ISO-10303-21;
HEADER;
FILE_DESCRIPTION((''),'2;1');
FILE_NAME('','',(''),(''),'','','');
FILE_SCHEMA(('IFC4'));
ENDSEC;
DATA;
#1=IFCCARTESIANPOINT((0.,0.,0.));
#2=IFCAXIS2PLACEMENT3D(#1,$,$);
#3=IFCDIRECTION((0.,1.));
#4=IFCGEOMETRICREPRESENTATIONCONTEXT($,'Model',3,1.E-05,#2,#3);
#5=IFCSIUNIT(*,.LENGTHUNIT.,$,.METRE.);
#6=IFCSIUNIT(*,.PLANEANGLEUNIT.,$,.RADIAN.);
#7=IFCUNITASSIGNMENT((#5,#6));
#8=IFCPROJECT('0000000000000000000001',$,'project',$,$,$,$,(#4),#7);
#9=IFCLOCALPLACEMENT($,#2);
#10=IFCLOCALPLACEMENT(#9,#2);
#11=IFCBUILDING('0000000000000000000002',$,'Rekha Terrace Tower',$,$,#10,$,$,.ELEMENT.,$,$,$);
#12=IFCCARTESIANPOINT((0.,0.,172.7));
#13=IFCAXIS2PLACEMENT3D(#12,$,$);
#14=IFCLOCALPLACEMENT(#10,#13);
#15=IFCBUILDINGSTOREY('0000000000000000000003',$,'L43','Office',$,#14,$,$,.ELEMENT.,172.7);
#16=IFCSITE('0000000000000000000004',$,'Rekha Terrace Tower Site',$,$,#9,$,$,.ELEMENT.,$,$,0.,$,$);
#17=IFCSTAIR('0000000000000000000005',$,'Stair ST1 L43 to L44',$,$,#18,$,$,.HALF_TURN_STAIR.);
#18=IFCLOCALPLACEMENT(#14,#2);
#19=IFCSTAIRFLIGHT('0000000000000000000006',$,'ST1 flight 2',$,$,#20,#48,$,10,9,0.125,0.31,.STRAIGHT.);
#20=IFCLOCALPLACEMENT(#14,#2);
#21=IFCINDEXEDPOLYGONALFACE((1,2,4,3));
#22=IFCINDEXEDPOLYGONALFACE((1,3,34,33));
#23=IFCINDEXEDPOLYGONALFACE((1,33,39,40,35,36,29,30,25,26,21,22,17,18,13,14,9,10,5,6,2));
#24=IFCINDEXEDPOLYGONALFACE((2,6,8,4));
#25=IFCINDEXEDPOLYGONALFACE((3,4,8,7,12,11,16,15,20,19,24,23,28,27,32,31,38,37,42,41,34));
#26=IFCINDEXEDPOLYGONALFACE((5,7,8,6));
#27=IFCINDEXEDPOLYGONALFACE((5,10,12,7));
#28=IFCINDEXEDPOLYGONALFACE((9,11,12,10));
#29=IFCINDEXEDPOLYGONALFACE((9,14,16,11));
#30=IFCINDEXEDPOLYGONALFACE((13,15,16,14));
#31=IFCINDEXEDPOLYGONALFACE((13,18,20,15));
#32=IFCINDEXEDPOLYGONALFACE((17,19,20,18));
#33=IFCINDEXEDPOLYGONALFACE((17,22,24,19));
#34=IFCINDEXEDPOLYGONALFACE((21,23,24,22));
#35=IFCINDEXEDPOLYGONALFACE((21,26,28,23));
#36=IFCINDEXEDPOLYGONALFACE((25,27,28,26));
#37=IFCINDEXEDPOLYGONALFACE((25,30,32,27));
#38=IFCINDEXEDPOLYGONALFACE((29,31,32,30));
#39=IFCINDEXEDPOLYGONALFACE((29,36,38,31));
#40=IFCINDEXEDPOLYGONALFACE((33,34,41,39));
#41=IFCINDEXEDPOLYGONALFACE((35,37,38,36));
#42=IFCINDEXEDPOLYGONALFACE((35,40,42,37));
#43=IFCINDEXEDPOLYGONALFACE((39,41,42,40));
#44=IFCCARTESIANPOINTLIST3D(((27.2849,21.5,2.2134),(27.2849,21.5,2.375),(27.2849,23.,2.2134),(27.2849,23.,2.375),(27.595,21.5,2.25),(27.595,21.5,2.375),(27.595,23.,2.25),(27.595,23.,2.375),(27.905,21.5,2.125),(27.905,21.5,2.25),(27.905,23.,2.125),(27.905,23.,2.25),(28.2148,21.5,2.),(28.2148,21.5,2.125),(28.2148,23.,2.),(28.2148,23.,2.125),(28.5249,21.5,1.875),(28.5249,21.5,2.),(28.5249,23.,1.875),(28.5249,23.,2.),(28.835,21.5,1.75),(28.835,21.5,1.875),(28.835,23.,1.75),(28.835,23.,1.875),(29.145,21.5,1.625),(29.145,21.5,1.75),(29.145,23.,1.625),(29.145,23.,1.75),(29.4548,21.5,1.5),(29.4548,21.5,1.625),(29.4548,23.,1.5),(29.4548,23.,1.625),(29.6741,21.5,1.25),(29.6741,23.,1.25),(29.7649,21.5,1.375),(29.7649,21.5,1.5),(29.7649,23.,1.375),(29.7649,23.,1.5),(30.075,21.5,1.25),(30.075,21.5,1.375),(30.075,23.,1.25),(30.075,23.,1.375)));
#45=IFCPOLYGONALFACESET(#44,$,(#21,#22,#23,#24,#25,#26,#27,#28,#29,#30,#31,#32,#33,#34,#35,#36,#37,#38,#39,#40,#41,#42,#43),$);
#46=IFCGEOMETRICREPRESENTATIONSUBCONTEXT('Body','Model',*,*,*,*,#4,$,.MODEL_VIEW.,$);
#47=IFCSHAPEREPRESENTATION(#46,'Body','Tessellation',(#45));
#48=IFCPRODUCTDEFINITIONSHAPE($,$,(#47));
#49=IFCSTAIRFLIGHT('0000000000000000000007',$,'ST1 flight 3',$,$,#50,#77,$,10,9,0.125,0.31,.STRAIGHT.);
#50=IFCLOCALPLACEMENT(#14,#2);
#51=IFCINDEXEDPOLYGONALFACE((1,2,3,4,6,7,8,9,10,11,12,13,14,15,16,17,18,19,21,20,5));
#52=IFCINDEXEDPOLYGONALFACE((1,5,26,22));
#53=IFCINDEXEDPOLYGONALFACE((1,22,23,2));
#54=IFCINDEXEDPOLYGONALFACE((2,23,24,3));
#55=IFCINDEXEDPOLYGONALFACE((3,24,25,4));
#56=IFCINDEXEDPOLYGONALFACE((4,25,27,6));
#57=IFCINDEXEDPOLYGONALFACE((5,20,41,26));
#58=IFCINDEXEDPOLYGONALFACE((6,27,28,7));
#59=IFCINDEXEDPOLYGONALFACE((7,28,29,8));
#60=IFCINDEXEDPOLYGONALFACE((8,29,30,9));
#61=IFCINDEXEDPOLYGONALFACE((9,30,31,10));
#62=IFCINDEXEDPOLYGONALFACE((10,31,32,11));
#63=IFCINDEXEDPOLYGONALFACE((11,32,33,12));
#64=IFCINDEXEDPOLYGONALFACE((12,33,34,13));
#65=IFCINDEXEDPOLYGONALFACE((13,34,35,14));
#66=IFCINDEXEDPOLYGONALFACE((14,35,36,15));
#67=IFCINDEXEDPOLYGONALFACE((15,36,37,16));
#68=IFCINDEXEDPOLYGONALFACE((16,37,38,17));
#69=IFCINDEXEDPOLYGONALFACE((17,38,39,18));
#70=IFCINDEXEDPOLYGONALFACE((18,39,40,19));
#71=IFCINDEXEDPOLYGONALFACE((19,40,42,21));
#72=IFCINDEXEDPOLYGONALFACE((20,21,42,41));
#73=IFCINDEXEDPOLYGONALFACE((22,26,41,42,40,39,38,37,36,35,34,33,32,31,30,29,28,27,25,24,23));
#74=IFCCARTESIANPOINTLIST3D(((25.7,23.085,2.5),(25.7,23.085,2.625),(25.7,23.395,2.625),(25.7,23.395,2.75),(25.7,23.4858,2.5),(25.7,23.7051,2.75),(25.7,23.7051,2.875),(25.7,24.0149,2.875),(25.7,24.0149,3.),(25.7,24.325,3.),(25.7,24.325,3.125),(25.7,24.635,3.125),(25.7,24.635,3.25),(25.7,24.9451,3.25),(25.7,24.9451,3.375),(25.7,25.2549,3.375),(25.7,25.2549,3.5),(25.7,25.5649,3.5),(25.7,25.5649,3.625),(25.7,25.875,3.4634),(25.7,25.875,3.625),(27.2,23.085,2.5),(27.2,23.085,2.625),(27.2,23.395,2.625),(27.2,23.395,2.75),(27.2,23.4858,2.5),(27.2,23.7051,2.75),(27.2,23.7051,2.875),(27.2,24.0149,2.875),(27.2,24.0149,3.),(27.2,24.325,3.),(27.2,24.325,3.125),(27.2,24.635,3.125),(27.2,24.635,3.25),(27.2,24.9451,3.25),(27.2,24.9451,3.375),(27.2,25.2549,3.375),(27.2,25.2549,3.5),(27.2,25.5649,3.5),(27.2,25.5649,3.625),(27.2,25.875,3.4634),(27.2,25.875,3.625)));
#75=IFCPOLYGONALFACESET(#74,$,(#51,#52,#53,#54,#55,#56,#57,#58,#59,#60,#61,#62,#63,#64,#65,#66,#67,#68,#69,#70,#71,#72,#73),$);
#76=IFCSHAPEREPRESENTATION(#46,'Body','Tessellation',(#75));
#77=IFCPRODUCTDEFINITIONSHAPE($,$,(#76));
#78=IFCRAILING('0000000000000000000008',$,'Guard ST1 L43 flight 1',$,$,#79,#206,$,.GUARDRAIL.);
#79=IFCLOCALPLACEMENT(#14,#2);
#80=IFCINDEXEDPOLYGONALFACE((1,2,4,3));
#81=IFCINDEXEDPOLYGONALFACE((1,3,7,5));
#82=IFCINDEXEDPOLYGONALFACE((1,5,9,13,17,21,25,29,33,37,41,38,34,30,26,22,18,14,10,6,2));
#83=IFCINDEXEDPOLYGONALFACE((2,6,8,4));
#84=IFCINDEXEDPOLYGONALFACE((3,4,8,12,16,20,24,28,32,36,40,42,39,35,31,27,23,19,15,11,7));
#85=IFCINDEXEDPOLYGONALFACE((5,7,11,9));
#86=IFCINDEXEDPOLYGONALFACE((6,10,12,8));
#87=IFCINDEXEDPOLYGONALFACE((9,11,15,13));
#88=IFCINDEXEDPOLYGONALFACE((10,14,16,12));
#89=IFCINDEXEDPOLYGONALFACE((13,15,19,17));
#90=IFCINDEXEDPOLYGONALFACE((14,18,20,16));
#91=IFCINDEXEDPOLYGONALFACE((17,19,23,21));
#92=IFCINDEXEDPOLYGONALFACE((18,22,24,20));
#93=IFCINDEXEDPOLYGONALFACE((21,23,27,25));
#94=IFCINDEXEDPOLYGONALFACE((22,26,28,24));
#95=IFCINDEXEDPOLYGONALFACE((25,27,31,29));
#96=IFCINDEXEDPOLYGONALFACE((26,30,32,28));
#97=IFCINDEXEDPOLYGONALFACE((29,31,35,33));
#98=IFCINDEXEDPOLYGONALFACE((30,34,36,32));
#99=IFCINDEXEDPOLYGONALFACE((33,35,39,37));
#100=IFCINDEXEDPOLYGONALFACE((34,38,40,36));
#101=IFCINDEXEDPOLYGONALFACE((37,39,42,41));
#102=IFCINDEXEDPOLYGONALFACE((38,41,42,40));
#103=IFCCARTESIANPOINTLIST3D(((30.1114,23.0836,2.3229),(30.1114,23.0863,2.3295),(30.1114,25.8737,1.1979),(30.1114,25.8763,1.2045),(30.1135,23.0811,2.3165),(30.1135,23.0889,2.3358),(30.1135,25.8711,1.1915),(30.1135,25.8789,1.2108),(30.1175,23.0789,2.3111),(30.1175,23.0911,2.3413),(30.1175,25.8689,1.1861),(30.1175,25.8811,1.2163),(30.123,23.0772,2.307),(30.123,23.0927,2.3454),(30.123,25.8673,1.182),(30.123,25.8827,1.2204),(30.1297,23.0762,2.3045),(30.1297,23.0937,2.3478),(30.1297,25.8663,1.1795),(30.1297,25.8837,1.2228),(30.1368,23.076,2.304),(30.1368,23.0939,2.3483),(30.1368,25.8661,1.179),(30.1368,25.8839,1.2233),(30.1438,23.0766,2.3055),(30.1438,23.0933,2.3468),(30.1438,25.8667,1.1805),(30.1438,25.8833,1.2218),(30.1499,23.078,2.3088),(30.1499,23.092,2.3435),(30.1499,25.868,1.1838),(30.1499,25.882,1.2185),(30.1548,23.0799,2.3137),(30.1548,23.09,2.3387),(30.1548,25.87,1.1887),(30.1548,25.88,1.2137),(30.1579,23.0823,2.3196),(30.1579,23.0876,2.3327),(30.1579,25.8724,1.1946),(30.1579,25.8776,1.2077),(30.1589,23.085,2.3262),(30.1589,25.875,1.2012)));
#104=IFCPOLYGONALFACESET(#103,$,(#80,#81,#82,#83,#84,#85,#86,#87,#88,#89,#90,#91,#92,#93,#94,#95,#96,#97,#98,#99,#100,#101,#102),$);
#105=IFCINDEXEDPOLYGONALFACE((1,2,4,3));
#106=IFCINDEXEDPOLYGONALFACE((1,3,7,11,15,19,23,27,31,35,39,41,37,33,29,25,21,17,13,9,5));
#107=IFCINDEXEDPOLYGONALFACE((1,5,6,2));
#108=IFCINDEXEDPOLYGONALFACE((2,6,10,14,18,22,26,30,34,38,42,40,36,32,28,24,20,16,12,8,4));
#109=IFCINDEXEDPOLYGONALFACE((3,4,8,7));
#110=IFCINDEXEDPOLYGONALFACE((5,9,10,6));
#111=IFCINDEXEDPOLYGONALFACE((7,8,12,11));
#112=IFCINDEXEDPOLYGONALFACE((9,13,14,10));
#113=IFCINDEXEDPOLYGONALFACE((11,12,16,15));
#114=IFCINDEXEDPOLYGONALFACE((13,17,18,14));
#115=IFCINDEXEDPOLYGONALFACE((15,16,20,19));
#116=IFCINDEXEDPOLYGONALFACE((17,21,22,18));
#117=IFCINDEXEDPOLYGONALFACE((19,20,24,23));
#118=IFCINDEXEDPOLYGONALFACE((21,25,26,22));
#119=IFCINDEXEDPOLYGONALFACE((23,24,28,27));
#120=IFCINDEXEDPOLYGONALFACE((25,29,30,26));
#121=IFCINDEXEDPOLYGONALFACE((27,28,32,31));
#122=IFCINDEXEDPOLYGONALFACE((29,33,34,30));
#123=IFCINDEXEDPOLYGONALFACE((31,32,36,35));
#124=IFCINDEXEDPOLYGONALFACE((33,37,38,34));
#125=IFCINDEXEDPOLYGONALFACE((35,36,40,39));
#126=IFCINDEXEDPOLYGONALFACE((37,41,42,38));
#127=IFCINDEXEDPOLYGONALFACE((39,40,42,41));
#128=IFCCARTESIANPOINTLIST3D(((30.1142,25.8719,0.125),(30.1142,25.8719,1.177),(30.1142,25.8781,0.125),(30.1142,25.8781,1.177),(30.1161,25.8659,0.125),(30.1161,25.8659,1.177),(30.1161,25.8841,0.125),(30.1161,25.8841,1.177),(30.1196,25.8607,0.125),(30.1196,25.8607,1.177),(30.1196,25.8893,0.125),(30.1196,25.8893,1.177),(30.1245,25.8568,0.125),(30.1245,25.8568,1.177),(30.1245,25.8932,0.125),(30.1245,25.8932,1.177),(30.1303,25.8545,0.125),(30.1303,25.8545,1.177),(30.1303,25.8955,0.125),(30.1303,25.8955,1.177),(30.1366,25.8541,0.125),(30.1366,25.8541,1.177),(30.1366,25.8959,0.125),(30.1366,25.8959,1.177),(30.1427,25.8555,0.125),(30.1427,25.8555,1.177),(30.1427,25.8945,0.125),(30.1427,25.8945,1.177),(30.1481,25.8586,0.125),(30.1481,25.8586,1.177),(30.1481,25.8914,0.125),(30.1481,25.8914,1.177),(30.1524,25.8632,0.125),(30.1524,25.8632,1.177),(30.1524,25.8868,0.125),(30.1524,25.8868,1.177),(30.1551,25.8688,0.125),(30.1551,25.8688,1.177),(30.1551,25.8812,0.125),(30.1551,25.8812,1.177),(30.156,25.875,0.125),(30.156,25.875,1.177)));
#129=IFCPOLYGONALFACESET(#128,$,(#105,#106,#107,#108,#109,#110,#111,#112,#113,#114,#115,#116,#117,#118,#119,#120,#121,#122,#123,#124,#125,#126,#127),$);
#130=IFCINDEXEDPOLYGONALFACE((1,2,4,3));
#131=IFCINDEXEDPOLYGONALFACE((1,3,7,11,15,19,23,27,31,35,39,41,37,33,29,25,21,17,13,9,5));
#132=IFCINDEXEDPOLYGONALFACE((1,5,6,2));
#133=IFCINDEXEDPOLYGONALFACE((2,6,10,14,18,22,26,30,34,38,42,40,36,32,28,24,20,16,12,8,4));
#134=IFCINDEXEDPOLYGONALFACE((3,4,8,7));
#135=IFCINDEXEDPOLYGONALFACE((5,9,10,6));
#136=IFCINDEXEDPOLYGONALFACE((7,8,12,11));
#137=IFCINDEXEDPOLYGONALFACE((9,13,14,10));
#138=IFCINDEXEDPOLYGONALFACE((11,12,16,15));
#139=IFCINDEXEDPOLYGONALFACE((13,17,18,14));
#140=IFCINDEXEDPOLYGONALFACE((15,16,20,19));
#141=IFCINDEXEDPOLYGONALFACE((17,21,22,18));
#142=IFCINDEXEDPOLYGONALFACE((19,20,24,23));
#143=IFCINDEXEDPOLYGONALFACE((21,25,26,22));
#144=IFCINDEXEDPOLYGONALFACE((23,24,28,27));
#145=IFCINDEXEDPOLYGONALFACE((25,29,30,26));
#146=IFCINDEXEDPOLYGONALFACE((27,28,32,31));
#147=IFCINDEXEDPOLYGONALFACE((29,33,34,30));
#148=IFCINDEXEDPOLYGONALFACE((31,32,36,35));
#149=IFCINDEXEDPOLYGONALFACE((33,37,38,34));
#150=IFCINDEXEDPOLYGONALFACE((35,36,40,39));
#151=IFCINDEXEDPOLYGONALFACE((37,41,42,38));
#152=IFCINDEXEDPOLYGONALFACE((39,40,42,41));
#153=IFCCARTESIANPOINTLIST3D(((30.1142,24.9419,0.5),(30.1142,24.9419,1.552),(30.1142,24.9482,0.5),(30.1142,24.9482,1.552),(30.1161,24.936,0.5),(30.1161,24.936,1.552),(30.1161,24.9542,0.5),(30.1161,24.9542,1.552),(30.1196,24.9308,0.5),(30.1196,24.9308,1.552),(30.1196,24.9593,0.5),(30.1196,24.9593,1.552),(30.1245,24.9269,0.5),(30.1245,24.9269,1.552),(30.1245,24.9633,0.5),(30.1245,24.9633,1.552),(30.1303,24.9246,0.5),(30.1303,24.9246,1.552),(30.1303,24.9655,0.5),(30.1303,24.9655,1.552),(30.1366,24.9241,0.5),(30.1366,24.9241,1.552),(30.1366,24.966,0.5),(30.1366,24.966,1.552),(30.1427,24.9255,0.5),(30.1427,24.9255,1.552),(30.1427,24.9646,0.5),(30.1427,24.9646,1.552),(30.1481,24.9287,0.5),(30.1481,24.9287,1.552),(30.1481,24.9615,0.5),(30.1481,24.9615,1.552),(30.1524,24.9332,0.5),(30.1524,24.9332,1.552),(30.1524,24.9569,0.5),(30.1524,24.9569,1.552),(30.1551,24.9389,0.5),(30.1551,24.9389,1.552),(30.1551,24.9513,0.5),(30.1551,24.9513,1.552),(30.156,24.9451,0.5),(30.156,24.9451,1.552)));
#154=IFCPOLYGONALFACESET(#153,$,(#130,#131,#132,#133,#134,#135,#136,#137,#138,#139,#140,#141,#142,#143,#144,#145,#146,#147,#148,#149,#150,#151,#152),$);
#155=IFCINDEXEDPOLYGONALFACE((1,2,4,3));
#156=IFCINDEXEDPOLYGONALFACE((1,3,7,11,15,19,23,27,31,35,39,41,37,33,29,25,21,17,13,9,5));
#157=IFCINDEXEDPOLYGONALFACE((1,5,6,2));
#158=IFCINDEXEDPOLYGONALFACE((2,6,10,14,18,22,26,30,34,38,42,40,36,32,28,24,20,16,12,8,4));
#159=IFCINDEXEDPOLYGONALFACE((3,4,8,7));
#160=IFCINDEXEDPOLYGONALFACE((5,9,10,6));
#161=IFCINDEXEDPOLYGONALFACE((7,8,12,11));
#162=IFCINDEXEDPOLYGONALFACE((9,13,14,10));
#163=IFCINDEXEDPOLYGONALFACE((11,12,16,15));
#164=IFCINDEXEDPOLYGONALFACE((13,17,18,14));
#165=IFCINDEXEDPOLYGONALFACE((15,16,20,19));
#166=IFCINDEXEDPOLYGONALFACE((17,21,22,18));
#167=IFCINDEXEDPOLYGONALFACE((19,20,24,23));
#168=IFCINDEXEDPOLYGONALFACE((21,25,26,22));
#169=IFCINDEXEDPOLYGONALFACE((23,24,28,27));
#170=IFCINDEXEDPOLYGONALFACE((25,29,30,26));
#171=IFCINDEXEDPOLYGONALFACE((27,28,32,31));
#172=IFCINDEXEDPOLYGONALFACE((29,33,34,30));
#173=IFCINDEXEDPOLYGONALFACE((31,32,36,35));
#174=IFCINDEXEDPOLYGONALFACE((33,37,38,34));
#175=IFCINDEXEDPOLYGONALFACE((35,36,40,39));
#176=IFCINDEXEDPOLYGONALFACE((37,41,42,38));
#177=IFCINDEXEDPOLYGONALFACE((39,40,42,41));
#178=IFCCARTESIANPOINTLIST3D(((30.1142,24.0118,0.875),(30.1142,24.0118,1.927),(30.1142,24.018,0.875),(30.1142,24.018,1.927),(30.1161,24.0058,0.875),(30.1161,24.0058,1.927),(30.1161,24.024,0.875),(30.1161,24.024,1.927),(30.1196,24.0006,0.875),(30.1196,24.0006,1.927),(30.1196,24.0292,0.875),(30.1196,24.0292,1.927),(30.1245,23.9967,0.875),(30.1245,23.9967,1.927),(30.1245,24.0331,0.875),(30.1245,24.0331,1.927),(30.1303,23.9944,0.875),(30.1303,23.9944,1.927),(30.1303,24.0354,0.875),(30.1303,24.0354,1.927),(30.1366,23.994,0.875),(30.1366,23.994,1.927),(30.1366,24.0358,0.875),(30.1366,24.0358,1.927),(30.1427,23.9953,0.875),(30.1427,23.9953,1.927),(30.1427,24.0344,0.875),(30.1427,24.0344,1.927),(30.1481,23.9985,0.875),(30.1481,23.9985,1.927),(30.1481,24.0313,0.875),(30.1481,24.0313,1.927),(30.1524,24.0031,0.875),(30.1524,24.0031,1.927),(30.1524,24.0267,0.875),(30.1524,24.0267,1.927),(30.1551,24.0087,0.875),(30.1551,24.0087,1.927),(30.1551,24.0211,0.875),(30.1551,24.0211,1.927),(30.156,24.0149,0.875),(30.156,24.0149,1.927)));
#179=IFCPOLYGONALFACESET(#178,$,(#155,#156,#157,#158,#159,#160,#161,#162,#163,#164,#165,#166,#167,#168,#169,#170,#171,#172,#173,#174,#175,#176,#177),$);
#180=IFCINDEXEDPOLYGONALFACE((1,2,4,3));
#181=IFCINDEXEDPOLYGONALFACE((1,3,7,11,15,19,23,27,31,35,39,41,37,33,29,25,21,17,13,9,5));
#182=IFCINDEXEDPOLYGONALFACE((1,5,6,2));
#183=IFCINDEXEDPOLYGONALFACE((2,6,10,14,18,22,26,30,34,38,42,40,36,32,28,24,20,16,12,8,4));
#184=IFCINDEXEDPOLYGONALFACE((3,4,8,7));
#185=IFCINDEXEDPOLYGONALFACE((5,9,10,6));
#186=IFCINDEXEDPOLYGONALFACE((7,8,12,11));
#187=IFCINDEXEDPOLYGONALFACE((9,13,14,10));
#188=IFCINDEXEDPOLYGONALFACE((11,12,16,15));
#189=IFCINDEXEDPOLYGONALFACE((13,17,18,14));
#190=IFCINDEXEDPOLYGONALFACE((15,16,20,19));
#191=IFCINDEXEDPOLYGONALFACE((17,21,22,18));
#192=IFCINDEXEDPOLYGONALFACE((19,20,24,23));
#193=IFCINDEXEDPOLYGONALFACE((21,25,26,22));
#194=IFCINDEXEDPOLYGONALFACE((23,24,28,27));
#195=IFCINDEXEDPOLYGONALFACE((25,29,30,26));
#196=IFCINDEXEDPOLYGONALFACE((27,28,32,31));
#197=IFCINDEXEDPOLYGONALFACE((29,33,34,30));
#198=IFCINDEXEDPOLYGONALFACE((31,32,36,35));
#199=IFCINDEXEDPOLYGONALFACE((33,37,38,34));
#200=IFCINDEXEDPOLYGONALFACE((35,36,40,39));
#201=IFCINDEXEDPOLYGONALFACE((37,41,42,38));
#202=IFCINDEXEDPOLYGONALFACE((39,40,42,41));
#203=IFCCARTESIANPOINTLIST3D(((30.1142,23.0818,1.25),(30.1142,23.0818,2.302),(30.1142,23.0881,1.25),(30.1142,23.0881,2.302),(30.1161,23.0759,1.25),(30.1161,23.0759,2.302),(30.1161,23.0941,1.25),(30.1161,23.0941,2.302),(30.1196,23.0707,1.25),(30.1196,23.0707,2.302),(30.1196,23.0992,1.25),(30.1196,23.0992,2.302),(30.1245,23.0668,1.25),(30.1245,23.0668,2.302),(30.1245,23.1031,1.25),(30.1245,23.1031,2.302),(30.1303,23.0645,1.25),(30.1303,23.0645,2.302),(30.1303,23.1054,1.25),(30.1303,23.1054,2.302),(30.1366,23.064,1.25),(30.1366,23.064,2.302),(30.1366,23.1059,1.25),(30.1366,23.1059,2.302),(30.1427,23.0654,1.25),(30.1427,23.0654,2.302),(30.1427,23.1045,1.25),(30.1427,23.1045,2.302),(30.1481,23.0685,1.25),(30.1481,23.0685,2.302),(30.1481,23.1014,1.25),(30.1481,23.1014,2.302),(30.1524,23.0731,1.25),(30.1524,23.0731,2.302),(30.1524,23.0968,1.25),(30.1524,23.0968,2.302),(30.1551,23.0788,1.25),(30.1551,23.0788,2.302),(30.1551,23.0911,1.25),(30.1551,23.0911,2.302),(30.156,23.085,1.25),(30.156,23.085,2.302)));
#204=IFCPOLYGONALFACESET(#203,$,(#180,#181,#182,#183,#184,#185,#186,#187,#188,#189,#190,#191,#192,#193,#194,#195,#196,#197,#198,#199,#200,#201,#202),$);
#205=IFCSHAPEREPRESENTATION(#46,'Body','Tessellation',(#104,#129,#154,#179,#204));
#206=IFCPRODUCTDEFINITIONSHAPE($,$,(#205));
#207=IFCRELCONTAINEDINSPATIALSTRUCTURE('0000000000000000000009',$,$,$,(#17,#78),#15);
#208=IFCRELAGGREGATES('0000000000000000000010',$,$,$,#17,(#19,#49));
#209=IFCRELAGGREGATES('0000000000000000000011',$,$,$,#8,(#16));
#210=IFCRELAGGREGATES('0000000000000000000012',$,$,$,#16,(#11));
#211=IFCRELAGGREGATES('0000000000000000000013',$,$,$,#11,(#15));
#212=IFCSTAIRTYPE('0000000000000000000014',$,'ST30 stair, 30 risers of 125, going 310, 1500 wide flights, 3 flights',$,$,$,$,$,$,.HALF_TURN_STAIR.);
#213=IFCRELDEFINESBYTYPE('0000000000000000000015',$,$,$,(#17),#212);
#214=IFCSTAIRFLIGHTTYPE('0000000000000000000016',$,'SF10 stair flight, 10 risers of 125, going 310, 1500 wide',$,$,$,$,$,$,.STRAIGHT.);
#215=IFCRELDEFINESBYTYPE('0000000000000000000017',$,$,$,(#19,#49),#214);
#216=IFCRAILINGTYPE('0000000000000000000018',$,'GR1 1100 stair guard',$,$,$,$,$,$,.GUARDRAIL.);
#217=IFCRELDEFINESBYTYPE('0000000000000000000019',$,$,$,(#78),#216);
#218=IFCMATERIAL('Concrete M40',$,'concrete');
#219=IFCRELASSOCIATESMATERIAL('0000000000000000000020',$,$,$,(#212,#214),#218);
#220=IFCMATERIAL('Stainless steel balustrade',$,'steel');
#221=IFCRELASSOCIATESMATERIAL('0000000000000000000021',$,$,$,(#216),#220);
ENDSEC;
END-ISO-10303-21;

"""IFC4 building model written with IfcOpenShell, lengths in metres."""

from ifc_helpers import new_model, si_unit, direction, frame, origin, origin_2d, place, context, subcontext, project, spatial, polyline, circle, outline, extrude, material, type_object, element, aggregate, save


model = new_model("IFC4")

# Units and contexts
model_context = context("Model", 3, precision=1e-05, world=origin(), true_north=direction((0.0, 1.0)))
body_context = subcontext(model_context, "Body", "Model", "MODEL_VIEW")
ifc_project = project(units=[si_unit("LENGTHUNIT", "METRE"), si_unit("PLANEANGLEUNIT", "RADIAN")], contexts=[model_context])

# Site, building, storey
site_placement = place(None, origin())
site = spatial("IfcSite", under=ifc_project, at=site_placement, Name="Rekha Terrace Tower Site", CompositionType="ELEMENT", RefElevation=0.0)
building_placement = place(site_placement, origin())
building = spatial("IfcBuilding", under=site, at=building_placement, Name="Rekha Terrace Tower", CompositionType="ELEMENT")
storey_placement = place(building_placement, frame((0.0, 0.0, 172.7)))
storey = spatial("IfcBuildingStorey", under=building, at=storey_placement, Name="L43", Description="Office", CompositionType="ELEMENT", Elevation=172.7)

# Stair, stair flights
ifc_material_1 = material(Name="Concrete M40", Category="concrete")
stair_type = type_object("IfcStairType", Name="ST30 stair, 30 risers of 125, going 310, 1500 wide flights, 3 flights", PredefinedType="HALF_TURN_STAIR", material=ifc_material_1)
stair_placement = place(storey_placement, origin())
stair = element("IfcStair", 1, at=stair_placement, inside=storey, type_object=stair_type, Name="Stair ST1 L43 to L44", PredefinedType="HALF_TURN_STAIR")
stair_flight_type = type_object("IfcStairFlightType", Name="SF10 stair flight, 10 risers of 125, going 310, 1500 wide", PredefinedType="STRAIGHT", material=ifc_material_1)
stair_flight_1_placement = place(storey_placement, frame((30.075, 22.25, 1.25), z_axis=(0.0, 0.0, 1.0), x_axis=(-1.0, 0.0, 0.0)))
stair_flight_1 = element("IfcStairFlight", 2, at=stair_flight_1_placement, type_object=stair_flight_type, Name="ST1 flight 2", NumberOfRisers=10, NumberOfTreads=9, PredefinedType="STRAIGHT", RiserHeight=0.125, TreadLength=0.31, context=body_context, shape_type="SweptSolid", body=[
    extrude(outline(polyline([(0.0, 0.0), (0.0, 0.125), (0.3101, 0.125), (0.3101, 0.25), (0.6201, 0.25), (0.6201, 0.375), (0.9299, 0.375), (0.9299, 0.5), (1.24, 0.5), (1.24, 0.625), (1.55, 0.625), (1.55, 0.75), (1.8601, 0.75), (1.8601, 0.875), (2.1699, 0.875), (2.1699, 1.0), (2.48, 1.0), (2.48, 1.125), (2.79, 1.125), (2.79, 1.25), (2.79, 0.9634), (0.4009, 0.0), (0.0, 0.0)])), frame((0.0, 0.75, 0.0), z_axis=(0.0, -1.0, 0.0), x_axis=(1.0, 0.0, 0.0)), (0.0, 0.0, 1.0), 1.5),
])
stair_flight_2_placement = place(storey_placement, frame((26.45, 23.085, 2.5), z_axis=(0.0, 0.0, 1.0), x_axis=(0.0, 1.0, 0.0)))
stair_flight_2 = element("IfcStairFlight", 3, at=stair_flight_2_placement, type_object=stair_flight_type, Name="ST1 flight 3", NumberOfRisers=10, NumberOfTreads=9, PredefinedType="STRAIGHT", RiserHeight=0.125, TreadLength=0.31, context=body_context, shape_type="SweptSolid", body=[
    extrude(outline(polyline([(0.0, 0.0), (0.0, 0.125), (0.3101, 0.125), (0.3101, 0.25), (0.6201, 0.25), (0.6201, 0.375), (0.9299, 0.375), (0.9299, 0.5), (1.24, 0.5), (1.24, 0.625), (1.55, 0.625), (1.55, 0.75), (1.8601, 0.75), (1.8601, 0.875), (2.1699, 0.875), (2.1699, 1.0), (2.48, 1.0), (2.48, 1.125), (2.79, 1.125), (2.79, 1.25), (2.79, 0.9634), (0.4009, 0.0), (0.0, 0.0)])), frame((0.0, 0.75, 0.0), z_axis=(0.0, -1.0, 0.0), x_axis=(1.0, 0.0, 0.0)), (0.0, 0.0, 1.0), 1.5),
])
aggregate(stair, [stair_flight_1, stair_flight_2])

# Railing
ifc_material_2 = material(Name="Stainless steel balustrade", Category="steel")
railing_type_1 = type_object("IfcRailingType", Name="GR1 1100 stair guard", PredefinedType="GUARDRAIL", material=ifc_material_2)
railing_1_placement = place(storey_placement, frame((30.135, 25.875, 0.125)))
element("IfcRailing", 4, at=railing_1_placement, inside=storey, type_object=railing_type_1, Name="Guard ST1 L43 flight 1", PredefinedType="GUARDRAIL", context=body_context, shape_type="SweptSolid", body=[
    extrude(circle(Radius=0.0239, at=origin_2d()), frame((0.0, 0.0, 1.0762), z_axis=(0.0, -0.927443, 0.373964), x_axis=(1.0, 0.0, 0.0)), (0.0, 0.0, 1.0), 3.0083),
    extrude(circle(Radius=0.021, at=origin_2d()), origin(), (0.0, 0.0, 1.0), 1.052),
    extrude(circle(Radius=0.021, at=origin_2d()), frame((0.0, -0.9299, 0.375)), (0.0, 0.0, 1.0), 1.052),
    extrude(circle(Radius=0.021, at=origin_2d()), frame((0.0, -1.8601, 0.75)), (0.0, 0.0, 1.0), 1.052),
    extrude(circle(Radius=0.021, at=origin_2d()), frame((0.0, -2.79, 1.125)), (0.0, 0.0, 1.0), 1.052),
])

save(model, "model.ifc")
